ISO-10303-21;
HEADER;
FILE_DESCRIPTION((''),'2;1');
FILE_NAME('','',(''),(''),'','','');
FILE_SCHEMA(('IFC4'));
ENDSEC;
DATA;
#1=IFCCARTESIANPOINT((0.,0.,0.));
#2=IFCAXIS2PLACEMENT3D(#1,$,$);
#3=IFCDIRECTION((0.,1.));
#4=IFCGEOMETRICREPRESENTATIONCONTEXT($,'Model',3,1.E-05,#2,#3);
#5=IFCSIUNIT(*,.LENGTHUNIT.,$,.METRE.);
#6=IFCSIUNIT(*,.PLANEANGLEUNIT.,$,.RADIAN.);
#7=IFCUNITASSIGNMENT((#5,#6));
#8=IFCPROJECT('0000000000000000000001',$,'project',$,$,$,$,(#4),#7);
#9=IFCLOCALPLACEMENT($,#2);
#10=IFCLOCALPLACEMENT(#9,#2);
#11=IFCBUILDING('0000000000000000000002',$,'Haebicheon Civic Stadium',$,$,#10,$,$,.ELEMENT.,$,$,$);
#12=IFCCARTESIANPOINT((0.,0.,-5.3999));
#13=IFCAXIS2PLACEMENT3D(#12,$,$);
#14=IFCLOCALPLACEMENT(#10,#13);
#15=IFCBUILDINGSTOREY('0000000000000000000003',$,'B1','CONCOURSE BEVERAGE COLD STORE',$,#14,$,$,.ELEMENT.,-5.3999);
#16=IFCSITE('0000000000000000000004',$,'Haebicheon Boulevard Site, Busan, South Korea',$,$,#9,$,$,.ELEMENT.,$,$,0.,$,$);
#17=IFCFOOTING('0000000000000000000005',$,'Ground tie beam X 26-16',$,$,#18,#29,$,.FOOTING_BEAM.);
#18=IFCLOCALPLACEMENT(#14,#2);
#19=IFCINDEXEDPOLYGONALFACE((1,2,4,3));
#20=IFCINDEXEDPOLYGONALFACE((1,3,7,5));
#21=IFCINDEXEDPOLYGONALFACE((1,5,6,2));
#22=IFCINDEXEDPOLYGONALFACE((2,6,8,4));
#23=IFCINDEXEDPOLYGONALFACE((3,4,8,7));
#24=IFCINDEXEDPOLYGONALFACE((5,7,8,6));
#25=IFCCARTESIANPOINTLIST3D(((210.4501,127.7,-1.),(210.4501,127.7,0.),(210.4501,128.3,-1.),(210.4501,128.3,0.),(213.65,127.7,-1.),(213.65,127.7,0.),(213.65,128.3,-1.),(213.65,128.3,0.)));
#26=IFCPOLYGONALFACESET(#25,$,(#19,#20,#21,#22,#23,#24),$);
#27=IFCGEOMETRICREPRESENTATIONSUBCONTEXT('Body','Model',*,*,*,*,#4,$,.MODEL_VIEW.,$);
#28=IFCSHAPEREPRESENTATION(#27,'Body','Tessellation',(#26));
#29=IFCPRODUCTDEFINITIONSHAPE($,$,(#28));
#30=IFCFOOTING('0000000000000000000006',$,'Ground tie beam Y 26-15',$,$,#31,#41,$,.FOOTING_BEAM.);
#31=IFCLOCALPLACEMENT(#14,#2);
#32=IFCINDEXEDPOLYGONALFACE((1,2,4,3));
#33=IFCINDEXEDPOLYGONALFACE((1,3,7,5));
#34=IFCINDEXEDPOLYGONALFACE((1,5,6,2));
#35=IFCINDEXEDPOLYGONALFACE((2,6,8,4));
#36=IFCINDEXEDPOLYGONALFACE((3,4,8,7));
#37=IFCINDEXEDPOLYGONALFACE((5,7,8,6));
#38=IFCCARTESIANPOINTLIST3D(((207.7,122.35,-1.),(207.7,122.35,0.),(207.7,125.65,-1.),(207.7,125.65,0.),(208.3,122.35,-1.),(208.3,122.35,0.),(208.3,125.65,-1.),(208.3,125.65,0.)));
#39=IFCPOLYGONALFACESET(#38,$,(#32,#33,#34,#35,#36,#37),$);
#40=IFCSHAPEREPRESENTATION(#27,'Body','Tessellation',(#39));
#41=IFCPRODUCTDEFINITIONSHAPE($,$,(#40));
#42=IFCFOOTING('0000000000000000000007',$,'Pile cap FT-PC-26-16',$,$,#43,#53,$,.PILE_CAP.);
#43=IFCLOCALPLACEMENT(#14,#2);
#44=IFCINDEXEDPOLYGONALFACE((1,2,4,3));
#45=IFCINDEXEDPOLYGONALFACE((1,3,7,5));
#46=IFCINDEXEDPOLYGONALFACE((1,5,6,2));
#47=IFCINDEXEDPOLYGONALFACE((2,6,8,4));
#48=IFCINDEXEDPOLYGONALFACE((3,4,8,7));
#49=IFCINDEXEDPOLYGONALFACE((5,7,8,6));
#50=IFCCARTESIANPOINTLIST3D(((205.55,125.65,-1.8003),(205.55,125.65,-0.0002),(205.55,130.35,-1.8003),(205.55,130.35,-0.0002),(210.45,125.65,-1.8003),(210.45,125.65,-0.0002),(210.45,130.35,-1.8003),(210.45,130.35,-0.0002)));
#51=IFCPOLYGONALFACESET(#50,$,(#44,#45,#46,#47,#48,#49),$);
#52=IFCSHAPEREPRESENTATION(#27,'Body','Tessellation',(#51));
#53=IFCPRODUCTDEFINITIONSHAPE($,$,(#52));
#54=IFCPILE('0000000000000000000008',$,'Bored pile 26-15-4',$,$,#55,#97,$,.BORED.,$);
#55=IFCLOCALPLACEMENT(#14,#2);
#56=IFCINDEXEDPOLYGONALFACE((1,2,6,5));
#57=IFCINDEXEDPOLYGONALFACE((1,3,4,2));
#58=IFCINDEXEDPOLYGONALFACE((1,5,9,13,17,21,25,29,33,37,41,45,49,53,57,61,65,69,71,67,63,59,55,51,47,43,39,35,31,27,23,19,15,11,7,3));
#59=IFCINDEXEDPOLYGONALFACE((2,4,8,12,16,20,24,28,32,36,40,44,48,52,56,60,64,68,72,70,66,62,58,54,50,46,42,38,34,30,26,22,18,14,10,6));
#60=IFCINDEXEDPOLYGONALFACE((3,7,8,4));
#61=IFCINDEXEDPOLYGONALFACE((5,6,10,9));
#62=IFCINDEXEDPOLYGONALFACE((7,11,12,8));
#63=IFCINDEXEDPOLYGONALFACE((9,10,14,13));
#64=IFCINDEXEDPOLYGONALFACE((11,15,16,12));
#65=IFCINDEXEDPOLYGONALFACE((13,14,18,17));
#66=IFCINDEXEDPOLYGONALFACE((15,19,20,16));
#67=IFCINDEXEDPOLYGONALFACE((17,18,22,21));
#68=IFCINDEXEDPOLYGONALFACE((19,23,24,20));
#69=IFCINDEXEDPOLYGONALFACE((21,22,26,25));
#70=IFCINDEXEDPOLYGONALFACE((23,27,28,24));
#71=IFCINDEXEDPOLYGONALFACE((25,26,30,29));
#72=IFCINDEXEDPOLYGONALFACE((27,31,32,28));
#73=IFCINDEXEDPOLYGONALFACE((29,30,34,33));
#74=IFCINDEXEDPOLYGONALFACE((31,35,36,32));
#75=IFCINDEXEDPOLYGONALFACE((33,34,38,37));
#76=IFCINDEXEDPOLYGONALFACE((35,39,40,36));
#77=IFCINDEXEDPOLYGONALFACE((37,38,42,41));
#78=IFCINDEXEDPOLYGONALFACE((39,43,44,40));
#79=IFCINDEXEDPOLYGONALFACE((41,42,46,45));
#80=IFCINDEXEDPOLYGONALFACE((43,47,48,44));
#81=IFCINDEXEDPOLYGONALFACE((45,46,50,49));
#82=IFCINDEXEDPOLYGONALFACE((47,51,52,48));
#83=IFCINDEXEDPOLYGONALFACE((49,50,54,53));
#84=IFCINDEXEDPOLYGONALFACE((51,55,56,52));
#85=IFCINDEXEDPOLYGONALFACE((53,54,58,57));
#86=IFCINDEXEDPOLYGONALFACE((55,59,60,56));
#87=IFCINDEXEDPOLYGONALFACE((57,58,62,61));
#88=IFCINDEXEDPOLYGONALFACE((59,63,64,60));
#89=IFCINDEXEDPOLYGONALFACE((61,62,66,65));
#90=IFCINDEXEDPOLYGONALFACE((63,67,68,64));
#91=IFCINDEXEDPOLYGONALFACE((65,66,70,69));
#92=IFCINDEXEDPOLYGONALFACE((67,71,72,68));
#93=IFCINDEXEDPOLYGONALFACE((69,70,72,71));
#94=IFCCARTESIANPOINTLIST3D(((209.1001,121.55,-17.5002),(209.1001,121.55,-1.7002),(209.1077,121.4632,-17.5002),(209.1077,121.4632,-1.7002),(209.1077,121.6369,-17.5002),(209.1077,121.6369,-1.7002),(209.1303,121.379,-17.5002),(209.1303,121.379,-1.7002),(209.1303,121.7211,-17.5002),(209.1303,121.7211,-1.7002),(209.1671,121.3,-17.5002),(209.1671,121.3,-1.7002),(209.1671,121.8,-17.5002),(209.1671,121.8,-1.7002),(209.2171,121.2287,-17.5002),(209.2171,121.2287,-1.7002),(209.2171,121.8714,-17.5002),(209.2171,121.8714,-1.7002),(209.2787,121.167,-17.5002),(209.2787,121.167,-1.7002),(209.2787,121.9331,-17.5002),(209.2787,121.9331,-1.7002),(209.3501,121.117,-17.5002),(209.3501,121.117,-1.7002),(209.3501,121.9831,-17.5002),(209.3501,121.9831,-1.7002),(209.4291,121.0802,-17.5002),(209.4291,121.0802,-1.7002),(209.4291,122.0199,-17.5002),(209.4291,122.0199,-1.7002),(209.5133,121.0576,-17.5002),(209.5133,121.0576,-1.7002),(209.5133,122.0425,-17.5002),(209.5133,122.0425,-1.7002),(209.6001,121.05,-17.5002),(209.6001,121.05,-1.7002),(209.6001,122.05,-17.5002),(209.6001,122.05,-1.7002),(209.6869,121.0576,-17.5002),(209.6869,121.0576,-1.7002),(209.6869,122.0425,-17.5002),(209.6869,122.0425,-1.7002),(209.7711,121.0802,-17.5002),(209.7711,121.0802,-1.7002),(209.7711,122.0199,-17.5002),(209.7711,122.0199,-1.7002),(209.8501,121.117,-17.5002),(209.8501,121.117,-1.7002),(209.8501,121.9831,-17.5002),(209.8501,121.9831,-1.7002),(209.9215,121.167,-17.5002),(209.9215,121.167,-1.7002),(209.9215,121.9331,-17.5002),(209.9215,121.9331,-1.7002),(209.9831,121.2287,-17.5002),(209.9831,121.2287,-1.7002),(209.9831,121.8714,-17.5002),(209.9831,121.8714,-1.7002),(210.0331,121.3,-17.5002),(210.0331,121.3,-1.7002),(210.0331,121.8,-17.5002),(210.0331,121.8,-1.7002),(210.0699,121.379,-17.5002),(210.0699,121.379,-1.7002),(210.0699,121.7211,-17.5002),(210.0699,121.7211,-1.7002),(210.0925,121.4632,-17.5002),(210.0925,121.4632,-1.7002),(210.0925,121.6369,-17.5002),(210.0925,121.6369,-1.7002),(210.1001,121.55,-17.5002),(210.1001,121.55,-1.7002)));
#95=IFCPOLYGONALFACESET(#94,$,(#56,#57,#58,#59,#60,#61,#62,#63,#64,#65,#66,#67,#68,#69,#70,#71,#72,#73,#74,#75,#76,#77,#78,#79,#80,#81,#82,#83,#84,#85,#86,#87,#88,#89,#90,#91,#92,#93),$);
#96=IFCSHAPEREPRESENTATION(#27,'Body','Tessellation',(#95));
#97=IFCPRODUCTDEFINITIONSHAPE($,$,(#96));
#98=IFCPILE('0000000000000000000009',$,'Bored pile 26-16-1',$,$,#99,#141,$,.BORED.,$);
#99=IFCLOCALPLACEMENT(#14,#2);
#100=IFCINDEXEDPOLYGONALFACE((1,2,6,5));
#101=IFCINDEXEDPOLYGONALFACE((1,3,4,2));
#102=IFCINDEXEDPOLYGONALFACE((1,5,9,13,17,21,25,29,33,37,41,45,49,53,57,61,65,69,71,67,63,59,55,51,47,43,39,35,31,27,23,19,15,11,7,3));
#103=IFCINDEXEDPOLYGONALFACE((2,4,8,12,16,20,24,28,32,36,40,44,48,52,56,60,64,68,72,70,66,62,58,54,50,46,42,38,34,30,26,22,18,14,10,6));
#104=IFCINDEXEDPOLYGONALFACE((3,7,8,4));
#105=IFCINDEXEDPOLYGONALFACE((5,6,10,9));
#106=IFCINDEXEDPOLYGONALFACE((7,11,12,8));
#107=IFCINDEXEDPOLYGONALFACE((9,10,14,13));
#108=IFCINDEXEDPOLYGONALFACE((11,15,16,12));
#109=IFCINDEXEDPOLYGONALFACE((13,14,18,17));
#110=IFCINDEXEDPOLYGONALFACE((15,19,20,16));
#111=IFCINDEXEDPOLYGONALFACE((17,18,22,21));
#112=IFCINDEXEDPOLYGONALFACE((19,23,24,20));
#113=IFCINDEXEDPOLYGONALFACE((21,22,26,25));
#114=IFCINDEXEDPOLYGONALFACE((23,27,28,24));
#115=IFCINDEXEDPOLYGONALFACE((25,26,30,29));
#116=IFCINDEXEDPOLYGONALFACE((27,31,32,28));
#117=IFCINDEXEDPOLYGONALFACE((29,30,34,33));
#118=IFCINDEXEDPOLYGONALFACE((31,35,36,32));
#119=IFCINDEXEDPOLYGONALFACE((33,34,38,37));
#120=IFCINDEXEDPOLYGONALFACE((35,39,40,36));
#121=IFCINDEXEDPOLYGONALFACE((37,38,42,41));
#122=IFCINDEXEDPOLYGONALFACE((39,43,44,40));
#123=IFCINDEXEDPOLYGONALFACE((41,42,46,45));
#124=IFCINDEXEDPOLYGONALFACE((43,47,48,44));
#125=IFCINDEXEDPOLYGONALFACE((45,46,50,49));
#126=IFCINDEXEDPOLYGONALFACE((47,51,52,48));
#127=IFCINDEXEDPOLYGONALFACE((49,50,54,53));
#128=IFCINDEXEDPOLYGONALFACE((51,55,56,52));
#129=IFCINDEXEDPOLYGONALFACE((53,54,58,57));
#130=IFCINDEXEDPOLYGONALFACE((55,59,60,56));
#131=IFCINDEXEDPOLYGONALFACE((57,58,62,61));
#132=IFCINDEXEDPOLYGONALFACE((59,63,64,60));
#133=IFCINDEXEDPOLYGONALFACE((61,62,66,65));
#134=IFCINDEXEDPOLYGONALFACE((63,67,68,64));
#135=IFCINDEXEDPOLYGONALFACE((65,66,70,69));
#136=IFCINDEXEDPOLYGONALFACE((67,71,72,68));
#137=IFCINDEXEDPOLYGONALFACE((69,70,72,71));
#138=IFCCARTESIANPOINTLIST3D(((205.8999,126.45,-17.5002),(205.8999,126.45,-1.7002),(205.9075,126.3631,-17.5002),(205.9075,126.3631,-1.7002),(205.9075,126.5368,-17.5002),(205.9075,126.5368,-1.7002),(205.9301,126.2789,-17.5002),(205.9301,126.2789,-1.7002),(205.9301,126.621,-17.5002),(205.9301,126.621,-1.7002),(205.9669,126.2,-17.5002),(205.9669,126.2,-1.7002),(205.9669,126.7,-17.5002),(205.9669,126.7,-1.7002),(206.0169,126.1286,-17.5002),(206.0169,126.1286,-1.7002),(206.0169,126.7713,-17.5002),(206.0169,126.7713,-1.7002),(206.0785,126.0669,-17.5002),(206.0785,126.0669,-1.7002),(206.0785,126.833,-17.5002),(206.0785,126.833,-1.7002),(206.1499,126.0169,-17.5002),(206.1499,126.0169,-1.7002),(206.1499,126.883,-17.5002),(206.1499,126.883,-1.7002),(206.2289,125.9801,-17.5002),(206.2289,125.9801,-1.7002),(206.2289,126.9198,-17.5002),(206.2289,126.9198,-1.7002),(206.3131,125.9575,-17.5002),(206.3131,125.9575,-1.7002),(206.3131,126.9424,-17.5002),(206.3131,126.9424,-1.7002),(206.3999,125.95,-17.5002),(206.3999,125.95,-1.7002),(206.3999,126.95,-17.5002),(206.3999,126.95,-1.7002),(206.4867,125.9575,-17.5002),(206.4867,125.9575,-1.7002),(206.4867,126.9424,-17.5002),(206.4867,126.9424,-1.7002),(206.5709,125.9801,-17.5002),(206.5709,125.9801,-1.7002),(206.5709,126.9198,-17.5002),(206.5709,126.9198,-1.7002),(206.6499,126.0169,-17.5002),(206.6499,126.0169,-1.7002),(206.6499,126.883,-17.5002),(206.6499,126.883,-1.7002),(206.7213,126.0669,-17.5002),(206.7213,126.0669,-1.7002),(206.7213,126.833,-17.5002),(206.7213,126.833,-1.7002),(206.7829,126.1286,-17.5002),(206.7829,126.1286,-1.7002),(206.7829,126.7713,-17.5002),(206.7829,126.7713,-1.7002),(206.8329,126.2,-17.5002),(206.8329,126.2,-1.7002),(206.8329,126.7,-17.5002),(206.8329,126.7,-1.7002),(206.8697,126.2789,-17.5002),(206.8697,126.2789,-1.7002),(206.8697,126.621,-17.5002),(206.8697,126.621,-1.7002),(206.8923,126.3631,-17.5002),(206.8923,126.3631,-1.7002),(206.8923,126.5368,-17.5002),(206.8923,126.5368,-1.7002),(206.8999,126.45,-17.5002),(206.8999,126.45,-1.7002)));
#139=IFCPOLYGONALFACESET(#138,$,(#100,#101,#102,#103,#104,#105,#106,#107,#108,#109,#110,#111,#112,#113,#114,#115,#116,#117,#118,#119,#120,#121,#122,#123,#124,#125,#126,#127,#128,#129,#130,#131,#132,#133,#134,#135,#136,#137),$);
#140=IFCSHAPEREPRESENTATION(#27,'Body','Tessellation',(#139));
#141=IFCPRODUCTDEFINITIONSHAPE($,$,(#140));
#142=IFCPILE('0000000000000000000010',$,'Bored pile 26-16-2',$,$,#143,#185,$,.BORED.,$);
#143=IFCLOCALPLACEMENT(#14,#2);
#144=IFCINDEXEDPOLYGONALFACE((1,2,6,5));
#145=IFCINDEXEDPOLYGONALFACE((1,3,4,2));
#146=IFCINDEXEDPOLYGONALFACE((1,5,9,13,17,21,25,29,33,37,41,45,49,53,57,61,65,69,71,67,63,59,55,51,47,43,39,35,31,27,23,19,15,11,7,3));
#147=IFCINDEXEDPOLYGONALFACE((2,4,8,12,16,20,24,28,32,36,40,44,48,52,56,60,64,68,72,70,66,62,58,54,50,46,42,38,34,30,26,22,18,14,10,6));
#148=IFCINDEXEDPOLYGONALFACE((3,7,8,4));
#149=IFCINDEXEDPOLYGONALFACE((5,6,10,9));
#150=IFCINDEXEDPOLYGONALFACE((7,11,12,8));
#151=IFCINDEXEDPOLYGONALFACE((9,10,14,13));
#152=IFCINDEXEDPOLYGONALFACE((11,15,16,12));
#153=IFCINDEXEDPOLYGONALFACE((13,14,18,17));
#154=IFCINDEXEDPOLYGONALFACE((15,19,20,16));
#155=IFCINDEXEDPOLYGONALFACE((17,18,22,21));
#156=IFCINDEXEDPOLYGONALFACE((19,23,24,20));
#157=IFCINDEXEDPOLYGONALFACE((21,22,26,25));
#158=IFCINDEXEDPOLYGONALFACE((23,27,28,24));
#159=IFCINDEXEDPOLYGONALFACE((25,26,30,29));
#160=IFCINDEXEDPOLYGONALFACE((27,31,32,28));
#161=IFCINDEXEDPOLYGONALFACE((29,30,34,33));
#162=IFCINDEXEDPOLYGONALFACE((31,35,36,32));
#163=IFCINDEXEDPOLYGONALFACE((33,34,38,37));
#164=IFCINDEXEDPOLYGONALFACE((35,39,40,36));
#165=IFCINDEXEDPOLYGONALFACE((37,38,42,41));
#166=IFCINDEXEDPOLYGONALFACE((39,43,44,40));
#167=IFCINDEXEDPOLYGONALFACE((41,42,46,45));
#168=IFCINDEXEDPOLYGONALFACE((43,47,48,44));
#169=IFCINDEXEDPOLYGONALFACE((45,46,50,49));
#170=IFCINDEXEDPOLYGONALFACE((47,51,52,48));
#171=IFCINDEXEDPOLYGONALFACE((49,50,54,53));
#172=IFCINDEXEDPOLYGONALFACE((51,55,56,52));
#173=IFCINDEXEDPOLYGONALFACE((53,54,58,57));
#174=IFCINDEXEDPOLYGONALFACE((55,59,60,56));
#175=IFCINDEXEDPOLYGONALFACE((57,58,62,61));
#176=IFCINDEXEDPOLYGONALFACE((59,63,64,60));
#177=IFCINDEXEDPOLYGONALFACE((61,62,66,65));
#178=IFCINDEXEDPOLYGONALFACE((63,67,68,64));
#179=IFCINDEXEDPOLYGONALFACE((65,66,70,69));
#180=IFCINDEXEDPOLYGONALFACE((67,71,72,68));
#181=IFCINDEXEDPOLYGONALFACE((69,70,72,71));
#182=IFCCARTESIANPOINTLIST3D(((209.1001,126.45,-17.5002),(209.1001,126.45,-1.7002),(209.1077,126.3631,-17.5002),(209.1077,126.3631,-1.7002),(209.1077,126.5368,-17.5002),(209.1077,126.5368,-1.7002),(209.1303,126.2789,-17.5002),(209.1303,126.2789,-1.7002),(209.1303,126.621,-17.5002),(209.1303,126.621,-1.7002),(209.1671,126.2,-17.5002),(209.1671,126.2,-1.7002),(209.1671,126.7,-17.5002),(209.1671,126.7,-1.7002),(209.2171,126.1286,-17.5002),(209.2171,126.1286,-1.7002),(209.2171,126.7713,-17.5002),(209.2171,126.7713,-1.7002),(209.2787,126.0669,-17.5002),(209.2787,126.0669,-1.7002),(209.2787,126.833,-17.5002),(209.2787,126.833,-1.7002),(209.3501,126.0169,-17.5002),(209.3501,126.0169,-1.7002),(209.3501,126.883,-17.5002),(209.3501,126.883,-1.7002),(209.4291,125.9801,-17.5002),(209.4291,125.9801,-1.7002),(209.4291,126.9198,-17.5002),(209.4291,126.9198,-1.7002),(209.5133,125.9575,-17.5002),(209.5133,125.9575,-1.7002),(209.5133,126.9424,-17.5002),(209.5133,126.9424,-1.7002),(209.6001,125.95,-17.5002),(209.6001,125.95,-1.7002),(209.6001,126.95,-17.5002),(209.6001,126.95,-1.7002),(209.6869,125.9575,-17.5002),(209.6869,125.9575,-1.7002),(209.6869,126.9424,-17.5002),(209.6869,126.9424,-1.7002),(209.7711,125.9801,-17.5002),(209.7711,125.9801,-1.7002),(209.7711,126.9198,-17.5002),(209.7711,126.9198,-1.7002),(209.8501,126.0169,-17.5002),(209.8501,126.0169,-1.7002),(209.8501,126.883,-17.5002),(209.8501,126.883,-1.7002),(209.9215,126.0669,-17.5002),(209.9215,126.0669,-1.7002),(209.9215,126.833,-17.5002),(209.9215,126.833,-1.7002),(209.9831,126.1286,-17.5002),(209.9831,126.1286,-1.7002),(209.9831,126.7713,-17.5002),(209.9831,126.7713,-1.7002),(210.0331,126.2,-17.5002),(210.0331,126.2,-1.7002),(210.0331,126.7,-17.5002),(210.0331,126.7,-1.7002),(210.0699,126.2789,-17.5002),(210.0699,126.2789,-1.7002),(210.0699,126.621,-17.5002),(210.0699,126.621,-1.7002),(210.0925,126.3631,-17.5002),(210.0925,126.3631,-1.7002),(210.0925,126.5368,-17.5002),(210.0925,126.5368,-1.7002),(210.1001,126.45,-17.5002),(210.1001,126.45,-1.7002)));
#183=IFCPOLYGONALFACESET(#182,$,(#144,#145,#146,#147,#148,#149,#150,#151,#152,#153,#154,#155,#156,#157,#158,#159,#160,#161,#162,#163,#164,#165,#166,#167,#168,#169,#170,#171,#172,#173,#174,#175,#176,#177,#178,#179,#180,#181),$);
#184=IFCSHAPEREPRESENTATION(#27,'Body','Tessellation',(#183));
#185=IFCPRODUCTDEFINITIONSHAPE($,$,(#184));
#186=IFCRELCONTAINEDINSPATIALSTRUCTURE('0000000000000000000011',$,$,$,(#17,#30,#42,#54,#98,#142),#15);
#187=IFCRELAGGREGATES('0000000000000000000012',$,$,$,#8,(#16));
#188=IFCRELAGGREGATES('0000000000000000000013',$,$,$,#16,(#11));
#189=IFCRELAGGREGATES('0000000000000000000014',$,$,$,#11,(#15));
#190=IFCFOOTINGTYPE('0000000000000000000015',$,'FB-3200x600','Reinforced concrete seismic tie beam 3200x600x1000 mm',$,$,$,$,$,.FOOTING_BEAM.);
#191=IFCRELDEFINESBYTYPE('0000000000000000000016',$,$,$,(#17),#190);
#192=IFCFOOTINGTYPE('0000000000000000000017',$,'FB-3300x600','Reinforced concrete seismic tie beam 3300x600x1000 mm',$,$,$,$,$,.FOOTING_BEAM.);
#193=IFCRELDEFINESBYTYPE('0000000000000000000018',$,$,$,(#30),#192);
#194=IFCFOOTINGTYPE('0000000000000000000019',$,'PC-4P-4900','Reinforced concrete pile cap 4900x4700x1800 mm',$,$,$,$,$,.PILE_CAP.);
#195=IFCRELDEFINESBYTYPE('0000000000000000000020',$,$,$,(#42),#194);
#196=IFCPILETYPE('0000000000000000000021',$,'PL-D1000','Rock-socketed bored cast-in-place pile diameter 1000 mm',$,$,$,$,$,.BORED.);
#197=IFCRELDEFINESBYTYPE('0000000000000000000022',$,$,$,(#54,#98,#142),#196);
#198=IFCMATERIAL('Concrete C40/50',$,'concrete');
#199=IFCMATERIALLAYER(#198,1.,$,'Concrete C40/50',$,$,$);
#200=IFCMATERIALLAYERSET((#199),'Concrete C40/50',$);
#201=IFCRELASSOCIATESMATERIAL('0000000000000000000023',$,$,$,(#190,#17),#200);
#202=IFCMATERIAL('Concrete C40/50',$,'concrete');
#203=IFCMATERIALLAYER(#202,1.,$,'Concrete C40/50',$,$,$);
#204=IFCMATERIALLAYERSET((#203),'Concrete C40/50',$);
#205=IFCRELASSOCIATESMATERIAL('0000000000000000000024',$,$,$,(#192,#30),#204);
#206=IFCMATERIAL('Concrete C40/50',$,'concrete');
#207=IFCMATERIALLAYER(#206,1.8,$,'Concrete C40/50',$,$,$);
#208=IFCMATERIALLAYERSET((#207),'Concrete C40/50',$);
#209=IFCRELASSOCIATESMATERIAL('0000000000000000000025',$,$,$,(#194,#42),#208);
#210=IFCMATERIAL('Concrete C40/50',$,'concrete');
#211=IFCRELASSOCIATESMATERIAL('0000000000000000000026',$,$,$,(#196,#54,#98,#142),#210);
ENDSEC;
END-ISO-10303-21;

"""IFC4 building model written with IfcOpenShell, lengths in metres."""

from ifc_helpers import new_model, si_unit, direction, frame, origin, origin_2d, place, context, subcontext, project, spatial, rectangle, circle, extrude, material, layer, layer_set, material_profile, profile_set, type_object, element, save


model = new_model("IFC4")

# Units and contexts
model_context = context("Model", 3, precision=1e-05, world=origin(), true_north=direction((0.0, 1.0)))
body_context = subcontext(model_context, "Body", "Model", "MODEL_VIEW")
ifc_project = project(units=[si_unit("LENGTHUNIT", "METRE"), si_unit("PLANEANGLEUNIT", "RADIAN")], contexts=[model_context])

# Site, building, storey
site_placement = place(None, origin())
site = spatial("IfcSite", under=ifc_project, at=site_placement, Name="Haebicheon Boulevard Site, Busan, South Korea", CompositionType="ELEMENT", RefElevation=0.0)
building_placement = place(site_placement, origin())
building = spatial("IfcBuilding", under=site, at=building_placement, Name="Haebicheon Civic Stadium", CompositionType="ELEMENT")
storey_placement = place(building_placement, frame((0.0, 0.0, -5.3999)))
storey = spatial("IfcBuildingStorey", under=building, at=storey_placement, Name="B1", Description="CONCOURSE BEVERAGE COLD STORE", CompositionType="ELEMENT", Elevation=-5.3999)

# Footings
ifc_material_1 = material(Name="Concrete C40/50", Category="concrete")
ifc_layer_1 = layer(ifc_material_1, 1.0, Name="Concrete C40/50")
ifc_layer_set_1 = layer_set([ifc_layer_1], Name="Concrete C40/50")
footing_type_1 = type_object("IfcFootingType", Name="FB-3200x600", Description="Reinforced concrete seismic tie beam 3200x600x1000 mm", PredefinedType="FOOTING_BEAM", material=ifc_layer_set_1)
footing_1_placement = place(storey_placement, frame((212.05, 128.0, -1.0), z_axis=(0.0, 0.0, 1.0), x_axis=(1.0, 0.0, 0.0)))
element("IfcFooting", 1, at=footing_1_placement, inside=storey, type_object=footing_type_1, material=ifc_layer_set_1, Name="Ground tie beam X 26-16", PredefinedType="FOOTING_BEAM", context=body_context, shape_type="SweptSolid", body=[
    extrude(rectangle(XDim=3.2, YDim=0.6001, at=origin_2d()), origin(), (0.0, 0.0, 1.0), 1.0),
])
ifc_material_2 = material(Name="Concrete C40/50", Category="concrete")
ifc_layer_2 = layer(ifc_material_2, 1.0, Name="Concrete C40/50")
ifc_layer_set_2 = layer_set([ifc_layer_2], Name="Concrete C40/50")
footing_type_2 = type_object("IfcFootingType", Name="FB-3300x600", Description="Reinforced concrete seismic tie beam 3300x600x1000 mm", PredefinedType="FOOTING_BEAM", material=ifc_layer_set_2)
footing_2_placement = place(storey_placement, frame((208.0, 124.0, -1.0), z_axis=(0.0, 0.0, 1.0), x_axis=(0.0, 1.0, 0.0)))
element("IfcFooting", 2, at=footing_2_placement, inside=storey, type_object=footing_type_2, material=ifc_layer_set_2, Name="Ground tie beam Y 26-15", PredefinedType="FOOTING_BEAM", context=body_context, shape_type="SweptSolid", body=[
    extrude(rectangle(XDim=3.3, YDim=0.6001, at=origin_2d()), origin(), (0.0, 0.0, 1.0), 1.0),
])
ifc_material_3 = material(Name="Concrete C40/50", Category="concrete")
ifc_layer_3 = layer(ifc_material_3, 1.8, Name="Concrete C40/50")
ifc_layer_set_3 = layer_set([ifc_layer_3], Name="Concrete C40/50")
footing_type_3 = type_object("IfcFootingType", Name="PC-4P-4900", Description="Reinforced concrete pile cap 4900x4700x1800 mm", PredefinedType="PILE_CAP", material=ifc_layer_set_3)
footing_3_placement = place(storey_placement, frame((208.0, 128.0, -1.8003), z_axis=(0.0, 0.0, 1.0), x_axis=(1.0, 0.0, 0.0)))
element("IfcFooting", 3, at=footing_3_placement, inside=storey, type_object=footing_type_3, material=ifc_layer_set_3, Name="Pile cap FT-PC-26-16", PredefinedType="PILE_CAP", context=body_context, shape_type="SweptSolid", body=[
    extrude(rectangle(XDim=4.8999, YDim=4.7, at=origin_2d()), origin(), (0.0, 0.0, 1.0), 1.8),
])

# Piles
ifc_material_4 = material(Name="Concrete C40/50", Category="concrete")
ifc_material_profile_1 = material_profile(ifc_material_4, circle(Radius=0.5, at=origin_2d()), Name="PILE-D1000")
ifc_profile_set_1 = profile_set([ifc_material_profile_1], Name="Concrete C40/50")
pile_type = type_object("IfcPileType", Name="PL-D1000", Description="Rock-socketed bored cast-in-place pile diameter 1000 mm", PredefinedType="BORED", material=ifc_profile_set_1)
for number, where, z_axis, x_axis, name in (
    (4, (209.6001, 121.55, -1.7002), (0.0, 0.0, -1.0), (1.0, 0.0, 0.0), "Bored pile 26-15-4"),
    (5, (206.3999, 126.45, -1.7002), (0.0, 0.0, -1.0), (1.0, 0.0, 0.0), "Bored pile 26-16-1"),
    (6, (209.6001, 126.45, -1.7002), (0.0, 0.0, -1.0), (1.0, 0.0, 0.0), "Bored pile 26-16-2"),
):
    element("IfcPile", number, at=place(storey_placement, frame(where, z_axis=z_axis, x_axis=x_axis)), inside=storey, type_object=pile_type, material=ifc_profile_set_1, Name=name, PredefinedType="BORED", context=body_context, shape_type="SweptSolid", body=[
        extrude(circle(Radius=0.5, at=origin_2d()), origin(), (0.0, 0.0, 1.0), 15.8),
    ])

save(model, "model.ifc")
